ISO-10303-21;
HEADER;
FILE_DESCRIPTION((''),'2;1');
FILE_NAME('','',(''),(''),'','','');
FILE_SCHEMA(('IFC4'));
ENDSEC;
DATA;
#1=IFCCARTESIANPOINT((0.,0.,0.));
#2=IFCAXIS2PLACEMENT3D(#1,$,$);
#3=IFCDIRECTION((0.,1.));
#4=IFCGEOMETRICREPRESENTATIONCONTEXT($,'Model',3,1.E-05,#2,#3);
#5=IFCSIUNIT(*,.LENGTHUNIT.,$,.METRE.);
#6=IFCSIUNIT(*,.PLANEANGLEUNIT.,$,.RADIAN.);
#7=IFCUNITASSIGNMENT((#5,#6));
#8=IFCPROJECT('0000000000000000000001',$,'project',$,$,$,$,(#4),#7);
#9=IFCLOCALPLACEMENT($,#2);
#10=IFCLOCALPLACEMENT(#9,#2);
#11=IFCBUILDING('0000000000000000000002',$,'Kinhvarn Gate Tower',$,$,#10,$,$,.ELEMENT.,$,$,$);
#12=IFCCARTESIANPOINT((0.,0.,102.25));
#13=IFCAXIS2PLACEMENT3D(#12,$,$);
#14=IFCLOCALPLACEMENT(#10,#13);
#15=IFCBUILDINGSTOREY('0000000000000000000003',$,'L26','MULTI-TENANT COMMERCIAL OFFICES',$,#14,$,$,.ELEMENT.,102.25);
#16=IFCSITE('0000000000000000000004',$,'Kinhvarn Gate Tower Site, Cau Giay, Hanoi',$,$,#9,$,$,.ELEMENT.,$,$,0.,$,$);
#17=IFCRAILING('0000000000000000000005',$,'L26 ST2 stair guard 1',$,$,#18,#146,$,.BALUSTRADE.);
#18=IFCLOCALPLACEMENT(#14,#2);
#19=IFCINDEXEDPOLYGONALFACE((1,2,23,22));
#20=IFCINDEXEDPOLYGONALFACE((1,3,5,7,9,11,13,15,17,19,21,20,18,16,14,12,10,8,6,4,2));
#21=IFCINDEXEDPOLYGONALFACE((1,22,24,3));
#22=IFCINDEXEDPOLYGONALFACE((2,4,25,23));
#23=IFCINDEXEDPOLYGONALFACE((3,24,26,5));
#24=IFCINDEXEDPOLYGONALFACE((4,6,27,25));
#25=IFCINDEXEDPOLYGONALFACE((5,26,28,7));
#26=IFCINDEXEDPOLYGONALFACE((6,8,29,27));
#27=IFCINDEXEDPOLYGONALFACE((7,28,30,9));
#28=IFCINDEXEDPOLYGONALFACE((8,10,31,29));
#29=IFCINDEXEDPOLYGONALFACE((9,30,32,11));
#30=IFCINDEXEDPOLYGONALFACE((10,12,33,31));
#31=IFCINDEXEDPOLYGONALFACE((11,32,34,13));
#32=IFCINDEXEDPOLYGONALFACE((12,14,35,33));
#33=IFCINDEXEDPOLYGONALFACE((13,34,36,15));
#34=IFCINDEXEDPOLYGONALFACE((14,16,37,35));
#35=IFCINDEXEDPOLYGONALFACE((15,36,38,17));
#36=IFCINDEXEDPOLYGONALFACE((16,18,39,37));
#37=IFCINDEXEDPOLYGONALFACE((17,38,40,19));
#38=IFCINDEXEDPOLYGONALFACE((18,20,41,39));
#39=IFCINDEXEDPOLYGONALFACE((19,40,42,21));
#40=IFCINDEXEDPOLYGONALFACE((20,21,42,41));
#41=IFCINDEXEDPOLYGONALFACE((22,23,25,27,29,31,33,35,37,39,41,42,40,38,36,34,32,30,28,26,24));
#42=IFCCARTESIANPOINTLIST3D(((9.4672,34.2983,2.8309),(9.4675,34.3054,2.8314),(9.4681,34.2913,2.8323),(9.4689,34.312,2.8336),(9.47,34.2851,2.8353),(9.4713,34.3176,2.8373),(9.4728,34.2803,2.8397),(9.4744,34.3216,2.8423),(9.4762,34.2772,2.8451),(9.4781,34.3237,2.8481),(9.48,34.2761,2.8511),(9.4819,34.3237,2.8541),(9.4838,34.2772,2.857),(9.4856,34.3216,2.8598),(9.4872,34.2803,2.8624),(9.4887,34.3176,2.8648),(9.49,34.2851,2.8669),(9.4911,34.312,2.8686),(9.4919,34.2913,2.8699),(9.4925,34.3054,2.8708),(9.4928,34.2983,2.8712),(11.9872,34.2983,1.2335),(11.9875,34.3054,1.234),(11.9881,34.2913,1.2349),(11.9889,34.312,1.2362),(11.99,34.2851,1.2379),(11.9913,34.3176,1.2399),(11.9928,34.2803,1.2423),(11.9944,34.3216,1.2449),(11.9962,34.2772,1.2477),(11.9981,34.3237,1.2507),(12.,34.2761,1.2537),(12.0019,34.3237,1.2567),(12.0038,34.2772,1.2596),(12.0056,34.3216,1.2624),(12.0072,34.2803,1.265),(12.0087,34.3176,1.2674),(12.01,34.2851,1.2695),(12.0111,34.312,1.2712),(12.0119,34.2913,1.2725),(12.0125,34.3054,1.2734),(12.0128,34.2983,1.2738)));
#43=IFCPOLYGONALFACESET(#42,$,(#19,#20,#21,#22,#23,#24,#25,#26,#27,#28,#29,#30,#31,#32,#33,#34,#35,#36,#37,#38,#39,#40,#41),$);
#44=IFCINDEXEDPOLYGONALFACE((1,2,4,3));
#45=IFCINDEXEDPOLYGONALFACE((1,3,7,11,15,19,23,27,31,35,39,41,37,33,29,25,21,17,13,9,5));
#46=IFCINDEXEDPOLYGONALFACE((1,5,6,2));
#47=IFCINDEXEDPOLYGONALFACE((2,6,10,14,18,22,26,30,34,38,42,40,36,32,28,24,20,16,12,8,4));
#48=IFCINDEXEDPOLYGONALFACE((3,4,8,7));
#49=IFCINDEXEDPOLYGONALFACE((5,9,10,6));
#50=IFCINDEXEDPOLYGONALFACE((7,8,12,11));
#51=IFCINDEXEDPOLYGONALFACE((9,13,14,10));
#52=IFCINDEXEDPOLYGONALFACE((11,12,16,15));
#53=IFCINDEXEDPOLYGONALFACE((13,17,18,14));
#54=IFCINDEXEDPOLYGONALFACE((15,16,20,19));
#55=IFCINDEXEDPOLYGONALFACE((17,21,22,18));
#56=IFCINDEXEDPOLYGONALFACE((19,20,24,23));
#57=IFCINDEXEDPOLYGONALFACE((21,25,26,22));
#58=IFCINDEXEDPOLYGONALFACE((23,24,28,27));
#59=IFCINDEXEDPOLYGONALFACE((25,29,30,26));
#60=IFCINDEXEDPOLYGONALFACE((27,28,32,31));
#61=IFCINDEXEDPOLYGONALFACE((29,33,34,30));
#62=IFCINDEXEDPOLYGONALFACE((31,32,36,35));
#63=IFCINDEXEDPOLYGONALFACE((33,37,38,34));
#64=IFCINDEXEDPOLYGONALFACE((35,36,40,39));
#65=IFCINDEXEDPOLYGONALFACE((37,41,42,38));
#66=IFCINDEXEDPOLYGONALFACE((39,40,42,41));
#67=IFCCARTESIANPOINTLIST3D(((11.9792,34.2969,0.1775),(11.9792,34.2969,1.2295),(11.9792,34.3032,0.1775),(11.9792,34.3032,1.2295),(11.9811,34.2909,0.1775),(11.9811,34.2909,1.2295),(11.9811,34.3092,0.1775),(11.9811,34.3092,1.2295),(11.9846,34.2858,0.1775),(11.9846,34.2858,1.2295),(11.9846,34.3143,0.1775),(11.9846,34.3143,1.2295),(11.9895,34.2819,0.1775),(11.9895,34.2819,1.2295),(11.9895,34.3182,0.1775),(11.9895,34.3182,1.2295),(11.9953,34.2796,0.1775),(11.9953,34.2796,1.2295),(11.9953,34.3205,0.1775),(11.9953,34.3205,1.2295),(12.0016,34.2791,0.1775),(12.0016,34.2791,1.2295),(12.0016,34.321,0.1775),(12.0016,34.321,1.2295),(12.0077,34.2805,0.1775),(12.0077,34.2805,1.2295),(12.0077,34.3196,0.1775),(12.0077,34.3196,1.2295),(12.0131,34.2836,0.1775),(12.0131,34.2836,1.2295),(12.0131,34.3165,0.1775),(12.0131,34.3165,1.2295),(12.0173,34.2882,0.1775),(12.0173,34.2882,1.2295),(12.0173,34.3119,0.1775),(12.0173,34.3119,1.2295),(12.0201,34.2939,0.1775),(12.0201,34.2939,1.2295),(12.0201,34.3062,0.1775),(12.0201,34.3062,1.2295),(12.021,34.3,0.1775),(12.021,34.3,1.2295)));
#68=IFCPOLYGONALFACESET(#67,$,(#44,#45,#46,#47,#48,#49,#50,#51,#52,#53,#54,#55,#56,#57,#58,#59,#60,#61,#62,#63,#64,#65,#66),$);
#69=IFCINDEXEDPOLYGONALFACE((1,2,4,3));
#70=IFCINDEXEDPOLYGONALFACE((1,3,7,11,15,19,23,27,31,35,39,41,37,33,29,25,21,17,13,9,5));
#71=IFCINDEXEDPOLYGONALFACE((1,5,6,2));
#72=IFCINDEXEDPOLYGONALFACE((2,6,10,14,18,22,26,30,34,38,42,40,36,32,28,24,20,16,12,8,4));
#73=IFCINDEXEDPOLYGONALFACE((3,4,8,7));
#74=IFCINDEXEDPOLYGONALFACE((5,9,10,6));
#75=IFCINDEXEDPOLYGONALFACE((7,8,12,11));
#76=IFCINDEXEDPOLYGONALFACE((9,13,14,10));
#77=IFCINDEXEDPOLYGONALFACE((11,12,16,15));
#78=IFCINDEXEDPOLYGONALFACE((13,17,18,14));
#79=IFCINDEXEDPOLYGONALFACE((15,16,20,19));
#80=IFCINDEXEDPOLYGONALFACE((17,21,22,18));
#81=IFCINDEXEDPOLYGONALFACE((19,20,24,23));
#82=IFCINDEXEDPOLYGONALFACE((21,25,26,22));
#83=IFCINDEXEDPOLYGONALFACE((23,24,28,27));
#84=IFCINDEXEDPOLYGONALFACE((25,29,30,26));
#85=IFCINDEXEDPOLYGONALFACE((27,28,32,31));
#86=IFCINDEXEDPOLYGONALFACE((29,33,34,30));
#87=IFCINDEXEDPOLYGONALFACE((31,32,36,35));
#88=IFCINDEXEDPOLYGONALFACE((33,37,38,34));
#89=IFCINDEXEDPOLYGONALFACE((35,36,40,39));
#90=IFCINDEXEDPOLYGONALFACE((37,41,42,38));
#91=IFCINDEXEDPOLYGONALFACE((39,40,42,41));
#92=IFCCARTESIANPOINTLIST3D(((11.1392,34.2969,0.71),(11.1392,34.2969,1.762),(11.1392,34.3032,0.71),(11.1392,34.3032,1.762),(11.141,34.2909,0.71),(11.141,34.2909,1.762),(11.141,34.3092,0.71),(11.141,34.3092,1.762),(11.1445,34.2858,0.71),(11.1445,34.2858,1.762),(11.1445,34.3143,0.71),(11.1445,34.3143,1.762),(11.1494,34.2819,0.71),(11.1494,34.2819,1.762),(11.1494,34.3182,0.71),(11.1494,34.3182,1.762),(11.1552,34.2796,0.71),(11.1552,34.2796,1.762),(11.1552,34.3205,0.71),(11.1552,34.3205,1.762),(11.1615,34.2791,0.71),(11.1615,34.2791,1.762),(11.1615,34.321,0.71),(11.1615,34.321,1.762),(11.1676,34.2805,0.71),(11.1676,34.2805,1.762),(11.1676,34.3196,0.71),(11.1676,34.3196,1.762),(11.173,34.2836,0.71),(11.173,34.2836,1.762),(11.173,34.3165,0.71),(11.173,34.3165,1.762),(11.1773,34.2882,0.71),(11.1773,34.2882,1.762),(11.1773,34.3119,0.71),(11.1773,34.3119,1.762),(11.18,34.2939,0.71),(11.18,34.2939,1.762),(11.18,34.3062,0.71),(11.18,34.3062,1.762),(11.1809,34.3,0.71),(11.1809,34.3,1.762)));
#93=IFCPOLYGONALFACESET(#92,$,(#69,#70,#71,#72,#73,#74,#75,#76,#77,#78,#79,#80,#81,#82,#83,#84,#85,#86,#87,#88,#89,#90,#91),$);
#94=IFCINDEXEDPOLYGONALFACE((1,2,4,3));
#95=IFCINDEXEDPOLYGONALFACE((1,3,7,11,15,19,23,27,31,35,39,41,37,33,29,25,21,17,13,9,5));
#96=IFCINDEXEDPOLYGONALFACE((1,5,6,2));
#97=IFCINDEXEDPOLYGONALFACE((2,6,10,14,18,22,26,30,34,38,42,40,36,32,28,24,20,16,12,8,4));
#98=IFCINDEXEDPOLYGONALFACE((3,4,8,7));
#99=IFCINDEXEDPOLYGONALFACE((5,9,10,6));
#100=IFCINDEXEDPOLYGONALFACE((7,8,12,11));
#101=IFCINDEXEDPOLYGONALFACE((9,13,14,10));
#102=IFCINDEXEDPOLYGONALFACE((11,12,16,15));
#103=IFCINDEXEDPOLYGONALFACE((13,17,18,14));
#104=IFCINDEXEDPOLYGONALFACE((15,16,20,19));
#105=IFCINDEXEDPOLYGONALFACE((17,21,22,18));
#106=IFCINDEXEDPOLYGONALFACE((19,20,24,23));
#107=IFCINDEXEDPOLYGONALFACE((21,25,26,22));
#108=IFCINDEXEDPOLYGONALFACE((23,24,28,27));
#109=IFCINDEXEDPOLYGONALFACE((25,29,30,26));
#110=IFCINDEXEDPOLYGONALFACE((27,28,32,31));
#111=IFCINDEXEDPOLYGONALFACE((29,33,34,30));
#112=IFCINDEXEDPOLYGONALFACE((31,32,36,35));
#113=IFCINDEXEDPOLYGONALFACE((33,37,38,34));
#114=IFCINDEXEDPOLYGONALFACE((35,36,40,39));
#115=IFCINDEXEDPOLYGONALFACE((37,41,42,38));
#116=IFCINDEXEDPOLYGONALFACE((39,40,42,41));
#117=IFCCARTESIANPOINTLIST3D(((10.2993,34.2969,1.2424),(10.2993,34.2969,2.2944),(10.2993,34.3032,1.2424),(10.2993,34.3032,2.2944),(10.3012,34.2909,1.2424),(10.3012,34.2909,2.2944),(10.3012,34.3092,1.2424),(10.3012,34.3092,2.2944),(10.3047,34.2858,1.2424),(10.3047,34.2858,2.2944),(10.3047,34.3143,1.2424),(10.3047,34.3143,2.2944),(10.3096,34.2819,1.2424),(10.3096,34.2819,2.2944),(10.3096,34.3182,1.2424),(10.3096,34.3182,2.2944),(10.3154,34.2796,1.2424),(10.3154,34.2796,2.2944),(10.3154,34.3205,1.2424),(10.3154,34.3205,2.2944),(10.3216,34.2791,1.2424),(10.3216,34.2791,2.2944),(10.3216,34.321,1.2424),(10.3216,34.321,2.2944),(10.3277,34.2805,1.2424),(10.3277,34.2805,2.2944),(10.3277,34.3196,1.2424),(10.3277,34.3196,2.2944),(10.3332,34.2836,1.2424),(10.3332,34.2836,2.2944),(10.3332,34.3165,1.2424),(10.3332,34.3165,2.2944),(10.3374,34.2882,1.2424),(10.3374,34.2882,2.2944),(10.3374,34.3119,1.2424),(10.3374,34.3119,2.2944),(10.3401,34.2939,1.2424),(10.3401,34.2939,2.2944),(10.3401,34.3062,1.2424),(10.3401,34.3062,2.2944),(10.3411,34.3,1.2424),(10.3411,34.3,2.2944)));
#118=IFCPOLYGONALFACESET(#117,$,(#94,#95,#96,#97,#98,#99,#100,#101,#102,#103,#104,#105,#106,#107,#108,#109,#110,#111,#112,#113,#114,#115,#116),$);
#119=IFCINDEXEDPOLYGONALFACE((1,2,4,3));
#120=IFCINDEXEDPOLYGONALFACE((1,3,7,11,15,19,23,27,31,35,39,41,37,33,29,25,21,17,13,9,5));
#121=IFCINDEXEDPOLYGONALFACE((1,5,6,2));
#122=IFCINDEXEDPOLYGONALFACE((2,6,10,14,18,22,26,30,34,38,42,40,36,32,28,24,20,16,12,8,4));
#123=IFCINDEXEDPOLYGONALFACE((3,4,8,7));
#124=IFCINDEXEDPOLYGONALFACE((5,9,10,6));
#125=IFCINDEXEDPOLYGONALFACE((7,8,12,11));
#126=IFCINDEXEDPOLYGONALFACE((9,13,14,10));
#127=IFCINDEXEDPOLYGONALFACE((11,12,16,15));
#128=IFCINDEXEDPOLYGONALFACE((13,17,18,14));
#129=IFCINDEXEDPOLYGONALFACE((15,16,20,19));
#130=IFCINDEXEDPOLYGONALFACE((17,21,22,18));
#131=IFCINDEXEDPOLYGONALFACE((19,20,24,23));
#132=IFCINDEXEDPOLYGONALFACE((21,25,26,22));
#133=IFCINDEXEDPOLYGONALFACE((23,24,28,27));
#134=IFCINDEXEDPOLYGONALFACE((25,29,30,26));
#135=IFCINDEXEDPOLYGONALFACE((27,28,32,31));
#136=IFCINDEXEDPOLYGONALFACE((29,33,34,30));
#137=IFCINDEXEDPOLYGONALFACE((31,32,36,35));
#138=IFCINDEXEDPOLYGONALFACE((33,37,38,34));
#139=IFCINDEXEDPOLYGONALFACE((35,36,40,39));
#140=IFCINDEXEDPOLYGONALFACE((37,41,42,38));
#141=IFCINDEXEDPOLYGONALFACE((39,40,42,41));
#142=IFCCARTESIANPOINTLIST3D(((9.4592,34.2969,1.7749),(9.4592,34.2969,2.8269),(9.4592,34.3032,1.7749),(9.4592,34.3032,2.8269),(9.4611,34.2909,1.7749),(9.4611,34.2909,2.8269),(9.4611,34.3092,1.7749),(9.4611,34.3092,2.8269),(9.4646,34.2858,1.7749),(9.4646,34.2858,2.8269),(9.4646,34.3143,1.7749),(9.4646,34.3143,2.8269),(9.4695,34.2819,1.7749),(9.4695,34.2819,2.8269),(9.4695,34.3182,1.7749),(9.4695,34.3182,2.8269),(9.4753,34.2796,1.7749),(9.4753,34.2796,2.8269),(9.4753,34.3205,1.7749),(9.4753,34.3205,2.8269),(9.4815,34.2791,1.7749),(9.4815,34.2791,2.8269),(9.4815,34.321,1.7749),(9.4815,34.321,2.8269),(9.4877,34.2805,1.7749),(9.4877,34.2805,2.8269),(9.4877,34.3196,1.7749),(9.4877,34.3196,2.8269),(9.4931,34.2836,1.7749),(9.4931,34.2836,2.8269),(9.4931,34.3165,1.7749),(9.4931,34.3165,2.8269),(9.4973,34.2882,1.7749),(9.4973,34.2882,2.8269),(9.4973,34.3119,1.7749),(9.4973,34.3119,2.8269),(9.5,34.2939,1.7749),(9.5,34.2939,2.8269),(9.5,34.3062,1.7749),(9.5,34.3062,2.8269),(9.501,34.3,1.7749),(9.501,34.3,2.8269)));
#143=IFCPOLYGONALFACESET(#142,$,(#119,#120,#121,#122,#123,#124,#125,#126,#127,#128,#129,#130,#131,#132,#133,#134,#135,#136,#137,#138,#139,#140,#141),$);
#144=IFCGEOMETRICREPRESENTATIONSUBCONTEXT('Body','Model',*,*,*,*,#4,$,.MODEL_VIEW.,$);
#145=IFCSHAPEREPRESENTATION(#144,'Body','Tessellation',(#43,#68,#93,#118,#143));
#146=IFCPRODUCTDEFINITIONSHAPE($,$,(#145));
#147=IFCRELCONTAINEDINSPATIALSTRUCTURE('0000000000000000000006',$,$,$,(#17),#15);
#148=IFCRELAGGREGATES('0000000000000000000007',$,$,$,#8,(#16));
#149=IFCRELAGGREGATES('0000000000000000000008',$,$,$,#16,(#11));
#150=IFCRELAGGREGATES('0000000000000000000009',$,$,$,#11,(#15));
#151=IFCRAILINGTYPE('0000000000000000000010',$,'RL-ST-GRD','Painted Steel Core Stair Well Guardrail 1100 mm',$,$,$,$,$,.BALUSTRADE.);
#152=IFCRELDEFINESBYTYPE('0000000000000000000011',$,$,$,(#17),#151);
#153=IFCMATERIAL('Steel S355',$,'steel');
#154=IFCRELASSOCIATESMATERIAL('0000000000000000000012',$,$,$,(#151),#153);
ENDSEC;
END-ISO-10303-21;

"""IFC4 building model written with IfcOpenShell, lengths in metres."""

from ifc_helpers import new_model, si_unit, direction, frame, origin, origin_2d, place, context, subcontext, project, spatial, circle, extrude, material, type_object, element, save


model = new_model("IFC4")

# Units and contexts
model_context = context("Model", 3, precision=1e-05, world=origin(), true_north=direction((0.0, 1.0)))
body_context = subcontext(model_context, "Body", "Model", "MODEL_VIEW")
ifc_project = project(units=[si_unit("LENGTHUNIT", "METRE"), si_unit("PLANEANGLEUNIT", "RADIAN")], contexts=[model_context])

# Site, building, storey
site_placement = place(None, origin())
site = spatial("IfcSite", under=ifc_project, at=site_placement, Name="Kinhvarn Gate Tower Site, Cau Giay, Hanoi", CompositionType="ELEMENT", RefElevation=0.0)
building_placement = place(site_placement, origin())
building = spatial("IfcBuilding", under=site, at=building_placement, Name="Kinhvarn Gate Tower", CompositionType="ELEMENT")
storey_placement = place(building_placement, frame((0.0, 0.0, 102.25)))
storey = spatial("IfcBuildingStorey", under=building, at=storey_placement, Name="L26", Description="MULTI-TENANT COMMERCIAL OFFICES", CompositionType="ELEMENT", Elevation=102.25)

# Shared definitions
ifc_material_1 = material(Name="Steel S355", Category="steel")

# Railing
railing_type_1 = type_object("IfcRailingType", Name="RL-ST-GRD", Description="Painted Steel Core Stair Well Guardrail 1100 mm", PredefinedType="BALUSTRADE", material=ifc_material_1)
railing_1_placement = place(storey_placement, frame((12.0, 34.3, 0.1775)))
element("IfcRailing", 1, at=railing_1_placement, inside=storey, type_object=railing_type_1, Name="L26 ST2 stair guard 1", PredefinedType="BALUSTRADE", context=body_context, shape_type="SweptSolid", body=[
    extrude(circle(Radius=0.0239, at=origin_2d()), frame((0.0, 0.0, 1.0762), z_axis=(-0.844607, 0.0, 0.535387), x_axis=(0.0, -1.0, 0.0)), (0.0, 0.0, 1.0), 2.9836),
    extrude(circle(Radius=0.021, at=origin_2d()), origin(), (0.0, 0.0, 1.0), 1.052),
    extrude(circle(Radius=0.021, at=origin_2d()), frame((-0.8401, 0.0, 0.5325)), (0.0, 0.0, 1.0), 1.052),
    extrude(circle(Radius=0.021, at=origin_2d()), frame((-1.6799, 0.0, 1.0649)), (0.0, 0.0, 1.0), 1.052),
    extrude(circle(Radius=0.021, at=origin_2d()), frame((-2.52, 0.0, 1.5974)), (0.0, 0.0, 1.0), 1.052),
])

save(model, "model.ifc")
